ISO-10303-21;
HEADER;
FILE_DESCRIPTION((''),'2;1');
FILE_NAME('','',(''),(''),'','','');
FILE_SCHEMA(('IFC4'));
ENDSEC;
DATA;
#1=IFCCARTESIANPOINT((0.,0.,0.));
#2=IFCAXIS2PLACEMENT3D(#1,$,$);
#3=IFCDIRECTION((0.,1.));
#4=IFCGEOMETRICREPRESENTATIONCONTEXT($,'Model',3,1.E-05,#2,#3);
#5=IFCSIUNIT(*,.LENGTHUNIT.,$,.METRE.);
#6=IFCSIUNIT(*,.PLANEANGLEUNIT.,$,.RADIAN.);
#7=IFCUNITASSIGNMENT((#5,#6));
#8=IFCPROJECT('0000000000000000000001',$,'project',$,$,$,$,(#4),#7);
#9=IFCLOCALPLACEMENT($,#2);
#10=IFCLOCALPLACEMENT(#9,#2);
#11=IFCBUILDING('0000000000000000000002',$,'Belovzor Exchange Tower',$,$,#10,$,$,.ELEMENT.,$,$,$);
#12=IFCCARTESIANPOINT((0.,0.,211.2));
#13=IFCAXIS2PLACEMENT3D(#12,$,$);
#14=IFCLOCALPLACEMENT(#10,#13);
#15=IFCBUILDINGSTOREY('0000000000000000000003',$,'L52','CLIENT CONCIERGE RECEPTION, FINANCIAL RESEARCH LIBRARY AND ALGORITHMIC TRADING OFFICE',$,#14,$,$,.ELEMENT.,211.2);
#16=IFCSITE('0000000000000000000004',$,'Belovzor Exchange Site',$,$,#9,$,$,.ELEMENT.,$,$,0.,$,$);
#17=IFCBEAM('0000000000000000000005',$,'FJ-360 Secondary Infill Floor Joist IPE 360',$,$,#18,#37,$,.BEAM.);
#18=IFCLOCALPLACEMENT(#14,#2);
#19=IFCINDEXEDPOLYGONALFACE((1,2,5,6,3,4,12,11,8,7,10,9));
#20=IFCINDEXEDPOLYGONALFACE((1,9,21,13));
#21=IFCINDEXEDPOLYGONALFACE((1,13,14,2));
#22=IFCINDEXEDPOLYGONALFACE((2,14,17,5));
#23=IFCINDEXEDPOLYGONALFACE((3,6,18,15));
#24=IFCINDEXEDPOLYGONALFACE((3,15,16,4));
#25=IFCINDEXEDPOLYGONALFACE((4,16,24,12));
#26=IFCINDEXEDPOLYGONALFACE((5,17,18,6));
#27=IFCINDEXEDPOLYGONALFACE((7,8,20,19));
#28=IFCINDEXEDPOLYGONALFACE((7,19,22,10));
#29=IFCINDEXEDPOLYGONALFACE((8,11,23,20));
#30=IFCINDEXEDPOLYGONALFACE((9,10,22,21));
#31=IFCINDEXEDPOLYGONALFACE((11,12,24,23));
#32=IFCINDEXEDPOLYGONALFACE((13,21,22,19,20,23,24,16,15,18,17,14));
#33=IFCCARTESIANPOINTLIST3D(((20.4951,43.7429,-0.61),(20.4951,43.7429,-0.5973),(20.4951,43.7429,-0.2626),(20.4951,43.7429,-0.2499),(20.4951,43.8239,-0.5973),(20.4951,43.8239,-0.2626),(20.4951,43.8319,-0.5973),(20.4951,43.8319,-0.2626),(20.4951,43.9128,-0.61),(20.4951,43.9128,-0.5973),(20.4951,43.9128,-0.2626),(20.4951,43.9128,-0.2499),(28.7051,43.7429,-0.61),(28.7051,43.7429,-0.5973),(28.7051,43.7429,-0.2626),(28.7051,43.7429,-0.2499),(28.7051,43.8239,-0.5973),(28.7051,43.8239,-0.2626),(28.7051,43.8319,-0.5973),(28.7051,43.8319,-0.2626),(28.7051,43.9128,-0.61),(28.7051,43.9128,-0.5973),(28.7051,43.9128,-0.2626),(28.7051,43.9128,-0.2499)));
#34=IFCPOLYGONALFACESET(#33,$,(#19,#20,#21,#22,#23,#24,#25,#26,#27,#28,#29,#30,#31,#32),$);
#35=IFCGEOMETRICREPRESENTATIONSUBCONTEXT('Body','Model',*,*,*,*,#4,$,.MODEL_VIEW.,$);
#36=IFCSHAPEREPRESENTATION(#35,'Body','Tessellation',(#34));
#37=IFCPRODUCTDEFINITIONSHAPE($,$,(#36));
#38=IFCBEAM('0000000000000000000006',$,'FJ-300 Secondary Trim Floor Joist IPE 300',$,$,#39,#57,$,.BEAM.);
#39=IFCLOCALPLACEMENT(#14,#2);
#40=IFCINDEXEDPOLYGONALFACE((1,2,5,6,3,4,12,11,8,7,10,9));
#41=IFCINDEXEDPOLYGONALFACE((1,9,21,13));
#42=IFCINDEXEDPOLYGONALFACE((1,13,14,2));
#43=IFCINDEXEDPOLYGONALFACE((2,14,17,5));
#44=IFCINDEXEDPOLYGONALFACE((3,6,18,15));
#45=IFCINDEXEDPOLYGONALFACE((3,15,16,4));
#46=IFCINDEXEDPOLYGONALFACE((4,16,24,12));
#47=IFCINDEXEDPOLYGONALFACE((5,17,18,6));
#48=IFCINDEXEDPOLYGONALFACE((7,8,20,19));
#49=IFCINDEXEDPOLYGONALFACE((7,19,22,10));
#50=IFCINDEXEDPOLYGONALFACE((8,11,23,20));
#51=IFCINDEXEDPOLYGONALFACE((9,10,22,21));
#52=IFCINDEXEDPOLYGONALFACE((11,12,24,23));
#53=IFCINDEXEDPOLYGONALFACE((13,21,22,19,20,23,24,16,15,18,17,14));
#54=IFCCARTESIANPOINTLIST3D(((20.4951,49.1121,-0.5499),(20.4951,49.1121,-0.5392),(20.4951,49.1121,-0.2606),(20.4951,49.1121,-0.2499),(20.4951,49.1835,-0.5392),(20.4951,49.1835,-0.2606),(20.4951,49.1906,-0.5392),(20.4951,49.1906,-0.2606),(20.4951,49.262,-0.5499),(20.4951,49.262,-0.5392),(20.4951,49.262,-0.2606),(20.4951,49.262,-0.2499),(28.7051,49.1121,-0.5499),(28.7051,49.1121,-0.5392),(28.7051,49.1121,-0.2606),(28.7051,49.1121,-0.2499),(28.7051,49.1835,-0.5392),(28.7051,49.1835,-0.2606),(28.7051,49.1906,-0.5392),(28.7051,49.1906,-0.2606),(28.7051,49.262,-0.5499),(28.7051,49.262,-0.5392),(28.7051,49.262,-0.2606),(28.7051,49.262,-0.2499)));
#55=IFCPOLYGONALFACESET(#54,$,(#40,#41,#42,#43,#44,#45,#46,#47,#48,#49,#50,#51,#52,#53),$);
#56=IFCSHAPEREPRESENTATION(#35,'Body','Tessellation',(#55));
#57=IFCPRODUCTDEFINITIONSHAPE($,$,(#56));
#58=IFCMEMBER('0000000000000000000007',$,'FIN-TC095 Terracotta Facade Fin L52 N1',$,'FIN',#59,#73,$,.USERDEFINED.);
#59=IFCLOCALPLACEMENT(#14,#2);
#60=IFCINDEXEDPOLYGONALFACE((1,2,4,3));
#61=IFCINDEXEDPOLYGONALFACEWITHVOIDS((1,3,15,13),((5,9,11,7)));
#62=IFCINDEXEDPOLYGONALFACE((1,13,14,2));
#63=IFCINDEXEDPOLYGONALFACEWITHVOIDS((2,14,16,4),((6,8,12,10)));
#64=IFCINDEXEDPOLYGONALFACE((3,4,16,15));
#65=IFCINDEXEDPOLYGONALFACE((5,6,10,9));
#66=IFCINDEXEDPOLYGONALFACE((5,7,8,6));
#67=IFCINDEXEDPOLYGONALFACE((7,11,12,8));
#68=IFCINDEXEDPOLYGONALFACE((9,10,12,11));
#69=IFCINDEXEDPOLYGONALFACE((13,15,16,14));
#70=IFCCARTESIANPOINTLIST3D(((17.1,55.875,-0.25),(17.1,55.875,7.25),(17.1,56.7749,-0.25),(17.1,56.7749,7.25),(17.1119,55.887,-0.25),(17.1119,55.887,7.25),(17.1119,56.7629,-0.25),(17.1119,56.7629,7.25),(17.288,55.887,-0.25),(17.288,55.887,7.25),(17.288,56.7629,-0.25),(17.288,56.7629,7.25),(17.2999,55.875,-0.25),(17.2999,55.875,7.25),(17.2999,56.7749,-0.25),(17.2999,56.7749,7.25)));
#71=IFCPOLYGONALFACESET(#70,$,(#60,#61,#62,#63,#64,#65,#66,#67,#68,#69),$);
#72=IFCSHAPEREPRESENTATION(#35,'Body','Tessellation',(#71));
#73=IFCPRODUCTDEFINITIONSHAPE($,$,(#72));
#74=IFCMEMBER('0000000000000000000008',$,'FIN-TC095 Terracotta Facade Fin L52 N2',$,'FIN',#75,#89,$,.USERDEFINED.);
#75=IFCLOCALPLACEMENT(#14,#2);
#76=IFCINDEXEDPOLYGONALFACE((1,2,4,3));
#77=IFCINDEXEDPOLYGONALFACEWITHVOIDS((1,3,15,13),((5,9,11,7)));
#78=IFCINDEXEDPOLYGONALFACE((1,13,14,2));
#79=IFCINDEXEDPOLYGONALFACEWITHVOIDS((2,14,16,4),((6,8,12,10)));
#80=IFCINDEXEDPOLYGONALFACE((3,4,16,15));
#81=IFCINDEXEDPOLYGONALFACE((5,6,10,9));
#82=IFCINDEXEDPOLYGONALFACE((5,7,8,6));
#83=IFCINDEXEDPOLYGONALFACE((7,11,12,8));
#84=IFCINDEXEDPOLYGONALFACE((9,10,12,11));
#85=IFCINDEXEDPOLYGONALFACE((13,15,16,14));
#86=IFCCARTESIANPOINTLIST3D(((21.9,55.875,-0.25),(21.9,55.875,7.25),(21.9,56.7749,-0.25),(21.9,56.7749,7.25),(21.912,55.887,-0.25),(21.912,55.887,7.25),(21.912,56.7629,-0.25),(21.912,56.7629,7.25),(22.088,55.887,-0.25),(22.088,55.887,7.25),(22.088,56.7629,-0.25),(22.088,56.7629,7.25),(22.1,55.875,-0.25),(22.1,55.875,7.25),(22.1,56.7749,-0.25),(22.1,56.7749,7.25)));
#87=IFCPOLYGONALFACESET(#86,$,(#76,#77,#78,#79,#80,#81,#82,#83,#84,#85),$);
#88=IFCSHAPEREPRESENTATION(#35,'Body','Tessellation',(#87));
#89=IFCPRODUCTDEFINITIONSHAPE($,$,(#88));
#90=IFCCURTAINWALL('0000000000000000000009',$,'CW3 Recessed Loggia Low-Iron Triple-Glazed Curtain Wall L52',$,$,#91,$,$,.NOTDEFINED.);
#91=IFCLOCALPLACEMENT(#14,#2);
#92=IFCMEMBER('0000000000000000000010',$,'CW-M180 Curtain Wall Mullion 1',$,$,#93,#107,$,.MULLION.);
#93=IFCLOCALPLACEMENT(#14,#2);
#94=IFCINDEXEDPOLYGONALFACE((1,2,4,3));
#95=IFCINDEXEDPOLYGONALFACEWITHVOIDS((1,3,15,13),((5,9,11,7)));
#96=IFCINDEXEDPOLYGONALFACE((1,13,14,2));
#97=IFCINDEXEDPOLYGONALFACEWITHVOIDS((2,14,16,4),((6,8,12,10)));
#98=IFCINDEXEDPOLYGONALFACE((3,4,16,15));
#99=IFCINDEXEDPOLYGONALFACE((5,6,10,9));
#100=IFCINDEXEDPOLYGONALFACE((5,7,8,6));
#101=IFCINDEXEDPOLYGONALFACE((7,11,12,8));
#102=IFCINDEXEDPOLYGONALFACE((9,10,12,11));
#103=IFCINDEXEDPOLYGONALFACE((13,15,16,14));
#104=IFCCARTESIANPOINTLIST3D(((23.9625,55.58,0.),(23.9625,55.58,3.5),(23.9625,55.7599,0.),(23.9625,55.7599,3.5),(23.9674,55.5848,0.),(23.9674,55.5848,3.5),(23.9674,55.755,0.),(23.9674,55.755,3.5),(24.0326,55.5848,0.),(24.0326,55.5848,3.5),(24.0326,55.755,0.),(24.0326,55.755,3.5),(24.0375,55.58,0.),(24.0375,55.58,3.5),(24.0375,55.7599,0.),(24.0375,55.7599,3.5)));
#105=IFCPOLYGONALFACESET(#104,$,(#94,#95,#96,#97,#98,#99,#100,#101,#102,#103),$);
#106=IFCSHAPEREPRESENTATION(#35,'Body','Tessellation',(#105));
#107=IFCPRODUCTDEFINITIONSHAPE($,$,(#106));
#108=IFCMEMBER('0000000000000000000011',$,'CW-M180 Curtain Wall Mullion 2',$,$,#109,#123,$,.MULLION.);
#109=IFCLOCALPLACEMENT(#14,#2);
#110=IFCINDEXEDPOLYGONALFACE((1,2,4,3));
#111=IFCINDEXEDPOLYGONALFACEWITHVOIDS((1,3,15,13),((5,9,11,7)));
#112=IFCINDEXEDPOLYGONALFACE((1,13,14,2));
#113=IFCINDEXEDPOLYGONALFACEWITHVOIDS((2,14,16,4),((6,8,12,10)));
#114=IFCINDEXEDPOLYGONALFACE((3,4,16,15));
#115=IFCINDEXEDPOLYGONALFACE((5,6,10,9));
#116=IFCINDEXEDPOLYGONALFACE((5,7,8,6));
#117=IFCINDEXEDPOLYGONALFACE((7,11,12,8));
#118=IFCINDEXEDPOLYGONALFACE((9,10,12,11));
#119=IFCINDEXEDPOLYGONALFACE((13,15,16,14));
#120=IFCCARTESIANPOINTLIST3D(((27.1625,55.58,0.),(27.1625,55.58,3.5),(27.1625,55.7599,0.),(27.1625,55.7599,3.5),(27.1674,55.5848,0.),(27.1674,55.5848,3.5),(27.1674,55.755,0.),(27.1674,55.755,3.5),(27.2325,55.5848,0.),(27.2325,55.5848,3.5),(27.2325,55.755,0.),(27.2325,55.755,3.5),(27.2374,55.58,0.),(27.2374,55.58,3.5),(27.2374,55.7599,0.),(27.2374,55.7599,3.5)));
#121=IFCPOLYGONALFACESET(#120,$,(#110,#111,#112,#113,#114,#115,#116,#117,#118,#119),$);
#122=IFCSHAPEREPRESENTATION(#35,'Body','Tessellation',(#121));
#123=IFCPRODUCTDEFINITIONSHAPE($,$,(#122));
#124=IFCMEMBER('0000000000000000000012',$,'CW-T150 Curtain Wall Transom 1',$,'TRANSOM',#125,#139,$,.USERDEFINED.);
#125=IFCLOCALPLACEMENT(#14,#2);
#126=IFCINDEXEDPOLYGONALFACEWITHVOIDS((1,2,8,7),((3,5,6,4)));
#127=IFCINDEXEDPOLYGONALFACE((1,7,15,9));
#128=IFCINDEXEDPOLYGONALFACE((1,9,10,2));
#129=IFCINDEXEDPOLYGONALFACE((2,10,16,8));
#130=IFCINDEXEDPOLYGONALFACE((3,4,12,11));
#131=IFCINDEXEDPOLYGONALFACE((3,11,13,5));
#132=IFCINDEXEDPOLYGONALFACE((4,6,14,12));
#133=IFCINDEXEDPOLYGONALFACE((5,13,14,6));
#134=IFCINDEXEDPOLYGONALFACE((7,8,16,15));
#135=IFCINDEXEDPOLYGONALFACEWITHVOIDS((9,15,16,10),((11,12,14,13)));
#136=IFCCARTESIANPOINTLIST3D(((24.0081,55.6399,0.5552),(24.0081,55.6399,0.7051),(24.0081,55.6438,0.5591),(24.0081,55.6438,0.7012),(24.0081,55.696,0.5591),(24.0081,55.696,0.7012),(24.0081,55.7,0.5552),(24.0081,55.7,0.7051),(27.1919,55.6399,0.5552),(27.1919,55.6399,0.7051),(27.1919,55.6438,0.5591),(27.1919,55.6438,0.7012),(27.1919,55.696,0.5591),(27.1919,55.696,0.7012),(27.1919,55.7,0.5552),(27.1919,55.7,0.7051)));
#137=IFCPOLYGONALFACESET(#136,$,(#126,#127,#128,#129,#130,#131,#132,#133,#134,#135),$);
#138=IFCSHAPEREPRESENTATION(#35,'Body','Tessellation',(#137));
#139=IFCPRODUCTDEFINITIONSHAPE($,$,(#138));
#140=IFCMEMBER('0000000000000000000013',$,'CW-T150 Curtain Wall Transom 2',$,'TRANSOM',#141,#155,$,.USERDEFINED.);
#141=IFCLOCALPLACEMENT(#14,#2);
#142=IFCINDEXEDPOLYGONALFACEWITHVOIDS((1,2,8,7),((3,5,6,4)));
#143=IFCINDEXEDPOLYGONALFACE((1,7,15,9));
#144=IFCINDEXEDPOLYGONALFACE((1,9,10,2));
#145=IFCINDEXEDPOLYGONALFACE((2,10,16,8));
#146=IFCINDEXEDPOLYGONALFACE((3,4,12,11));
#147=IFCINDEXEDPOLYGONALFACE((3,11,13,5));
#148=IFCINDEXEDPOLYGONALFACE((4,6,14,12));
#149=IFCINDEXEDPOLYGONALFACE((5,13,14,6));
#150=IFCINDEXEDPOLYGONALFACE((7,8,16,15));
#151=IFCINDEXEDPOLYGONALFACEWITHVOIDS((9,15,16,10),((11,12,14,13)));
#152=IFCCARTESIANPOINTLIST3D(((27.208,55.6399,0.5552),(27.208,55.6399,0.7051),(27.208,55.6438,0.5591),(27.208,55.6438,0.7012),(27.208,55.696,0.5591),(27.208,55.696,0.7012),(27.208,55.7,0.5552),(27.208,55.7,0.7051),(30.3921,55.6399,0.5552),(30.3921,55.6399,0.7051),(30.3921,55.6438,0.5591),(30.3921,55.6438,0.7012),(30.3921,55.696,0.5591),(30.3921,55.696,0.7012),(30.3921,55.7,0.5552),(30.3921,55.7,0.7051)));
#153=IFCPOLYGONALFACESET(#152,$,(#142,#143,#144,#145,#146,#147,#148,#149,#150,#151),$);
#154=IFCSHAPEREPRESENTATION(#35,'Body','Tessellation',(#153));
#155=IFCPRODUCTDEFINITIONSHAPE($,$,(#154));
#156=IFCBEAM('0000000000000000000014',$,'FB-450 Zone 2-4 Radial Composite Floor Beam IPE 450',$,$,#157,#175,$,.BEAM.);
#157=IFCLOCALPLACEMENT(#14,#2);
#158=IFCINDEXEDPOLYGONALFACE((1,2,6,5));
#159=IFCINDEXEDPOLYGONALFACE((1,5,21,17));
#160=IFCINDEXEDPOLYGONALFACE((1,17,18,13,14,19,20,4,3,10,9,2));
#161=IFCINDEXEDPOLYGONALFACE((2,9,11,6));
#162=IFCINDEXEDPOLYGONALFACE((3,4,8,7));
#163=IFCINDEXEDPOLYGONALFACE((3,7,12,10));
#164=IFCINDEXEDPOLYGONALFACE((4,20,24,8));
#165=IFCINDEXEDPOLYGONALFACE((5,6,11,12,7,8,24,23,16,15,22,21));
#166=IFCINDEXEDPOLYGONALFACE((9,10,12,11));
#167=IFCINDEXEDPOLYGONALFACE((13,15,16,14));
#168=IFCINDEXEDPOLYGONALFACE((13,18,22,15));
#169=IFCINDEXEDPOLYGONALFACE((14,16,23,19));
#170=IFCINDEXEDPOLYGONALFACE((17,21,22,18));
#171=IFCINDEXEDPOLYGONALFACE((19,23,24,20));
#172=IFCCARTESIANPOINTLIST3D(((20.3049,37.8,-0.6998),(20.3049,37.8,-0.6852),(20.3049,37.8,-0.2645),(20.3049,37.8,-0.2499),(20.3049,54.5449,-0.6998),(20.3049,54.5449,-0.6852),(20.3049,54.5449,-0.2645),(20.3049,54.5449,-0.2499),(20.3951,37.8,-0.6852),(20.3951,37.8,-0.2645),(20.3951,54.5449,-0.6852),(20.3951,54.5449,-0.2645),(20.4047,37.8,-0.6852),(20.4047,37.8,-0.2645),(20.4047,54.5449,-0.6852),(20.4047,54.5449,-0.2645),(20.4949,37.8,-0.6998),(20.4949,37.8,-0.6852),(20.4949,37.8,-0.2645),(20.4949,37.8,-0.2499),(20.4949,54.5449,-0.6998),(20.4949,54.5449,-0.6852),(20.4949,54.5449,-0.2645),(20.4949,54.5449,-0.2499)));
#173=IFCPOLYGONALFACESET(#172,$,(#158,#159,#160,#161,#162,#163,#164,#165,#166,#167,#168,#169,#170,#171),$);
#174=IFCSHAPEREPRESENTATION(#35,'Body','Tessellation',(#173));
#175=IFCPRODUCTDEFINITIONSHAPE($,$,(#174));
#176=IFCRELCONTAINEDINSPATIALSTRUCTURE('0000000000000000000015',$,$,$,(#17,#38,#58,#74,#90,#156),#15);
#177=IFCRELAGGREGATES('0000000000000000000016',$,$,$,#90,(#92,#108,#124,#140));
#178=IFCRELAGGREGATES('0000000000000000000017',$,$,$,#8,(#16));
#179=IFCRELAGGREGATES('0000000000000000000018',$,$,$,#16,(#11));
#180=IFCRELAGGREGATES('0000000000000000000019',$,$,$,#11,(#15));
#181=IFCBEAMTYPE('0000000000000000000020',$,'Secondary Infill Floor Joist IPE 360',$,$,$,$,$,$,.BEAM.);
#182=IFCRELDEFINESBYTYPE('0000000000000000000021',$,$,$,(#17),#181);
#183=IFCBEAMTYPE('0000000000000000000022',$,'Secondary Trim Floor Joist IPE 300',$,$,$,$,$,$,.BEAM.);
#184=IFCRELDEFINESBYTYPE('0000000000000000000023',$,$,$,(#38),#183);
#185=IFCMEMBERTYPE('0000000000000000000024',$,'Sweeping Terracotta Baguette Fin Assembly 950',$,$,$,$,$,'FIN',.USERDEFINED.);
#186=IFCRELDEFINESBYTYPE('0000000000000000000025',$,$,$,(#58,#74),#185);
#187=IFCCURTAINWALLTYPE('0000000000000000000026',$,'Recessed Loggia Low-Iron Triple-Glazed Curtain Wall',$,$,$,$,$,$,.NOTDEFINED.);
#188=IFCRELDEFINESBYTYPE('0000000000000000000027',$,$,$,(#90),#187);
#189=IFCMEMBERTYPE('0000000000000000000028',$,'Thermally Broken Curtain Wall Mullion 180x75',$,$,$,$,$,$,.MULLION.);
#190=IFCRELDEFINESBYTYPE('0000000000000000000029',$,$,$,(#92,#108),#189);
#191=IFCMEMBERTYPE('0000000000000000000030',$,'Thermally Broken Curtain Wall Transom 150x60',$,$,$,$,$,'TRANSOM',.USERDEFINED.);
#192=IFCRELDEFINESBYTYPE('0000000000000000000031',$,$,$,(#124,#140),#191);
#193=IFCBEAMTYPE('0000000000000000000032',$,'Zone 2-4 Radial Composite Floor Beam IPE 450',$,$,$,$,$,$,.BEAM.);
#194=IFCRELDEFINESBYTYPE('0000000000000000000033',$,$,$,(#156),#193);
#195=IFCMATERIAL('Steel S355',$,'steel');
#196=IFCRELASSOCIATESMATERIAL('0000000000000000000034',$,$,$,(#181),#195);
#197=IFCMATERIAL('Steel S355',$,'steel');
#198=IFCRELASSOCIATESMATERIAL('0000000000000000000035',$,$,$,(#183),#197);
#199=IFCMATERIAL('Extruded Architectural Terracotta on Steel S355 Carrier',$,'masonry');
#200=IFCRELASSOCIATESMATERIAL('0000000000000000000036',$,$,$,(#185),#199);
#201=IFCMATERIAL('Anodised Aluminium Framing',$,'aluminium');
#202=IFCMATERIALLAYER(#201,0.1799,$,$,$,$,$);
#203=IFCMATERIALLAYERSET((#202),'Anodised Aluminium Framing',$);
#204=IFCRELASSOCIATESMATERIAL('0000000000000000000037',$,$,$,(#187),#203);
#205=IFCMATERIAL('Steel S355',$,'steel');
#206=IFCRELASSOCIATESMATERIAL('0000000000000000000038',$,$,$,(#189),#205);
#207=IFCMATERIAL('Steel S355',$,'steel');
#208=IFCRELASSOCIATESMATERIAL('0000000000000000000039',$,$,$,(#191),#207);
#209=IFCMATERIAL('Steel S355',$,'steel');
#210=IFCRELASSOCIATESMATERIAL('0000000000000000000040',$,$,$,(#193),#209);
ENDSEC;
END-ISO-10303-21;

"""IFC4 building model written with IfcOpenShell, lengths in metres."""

from ifc_helpers import new_model, si_unit, direction, frame, origin, origin_2d, place, context, subcontext, project, spatial, hollow_rectangle, i_section, extrude, material, layer, layer_set, material_profile, profile_set, type_object, element, aggregate, save


model = new_model("IFC4")

# Units and contexts
model_context = context("Model", 3, precision=1e-05, world=origin(), true_north=direction((0.0, 1.0)))
body_context = subcontext(model_context, "Body", "Model", "MODEL_VIEW")
ifc_project = project(units=[si_unit("LENGTHUNIT", "METRE"), si_unit("PLANEANGLEUNIT", "RADIAN")], contexts=[model_context])

# Site, building, storey
site_placement = place(None, origin())
site = spatial("IfcSite", under=ifc_project, at=site_placement, Name="Belovzor Exchange Site", CompositionType="ELEMENT", RefElevation=0.0)
building_placement = place(site_placement, origin())
building = spatial("IfcBuilding", under=site, at=building_placement, Name="Belovzor Exchange Tower", CompositionType="ELEMENT")
storey_placement = place(building_placement, frame((0.0, 0.0, 211.2)))
storey = spatial("IfcBuildingStorey", under=building, at=storey_placement, Name="L52", Description="CLIENT CONCIERGE RECEPTION, FINANCIAL RESEARCH LIBRARY AND ALGORITHMIC TRADING OFFICE", CompositionType="ELEMENT", Elevation=211.2)

# Beams
ifc_material_1 = material(Name="Steel S355", Category="steel")
ifc_material_profile_1 = material_profile(ifc_material_1, i_section(OverallWidth=0.1699, OverallDepth=0.3601, WebThickness=0.0081, FlangeThickness=0.0127, at=origin_2d()))
ifc_profile_set_1 = profile_set([ifc_material_profile_1], Name="Steel S355")
beam_type_1 = type_object("IfcBeamType", Name="Secondary Infill Floor Joist IPE 360", PredefinedType="BEAM", material=ifc_profile_set_1)
beam_1_placement = place(storey_placement, frame((20.4951, 43.8279, -0.4299), z_axis=(1.0, 0.0, 0.0), x_axis=(0.0, 1.0, 0.0)))
element("IfcBeam", 1, at=beam_1_placement, inside=storey, type_object=beam_type_1, Name="FJ-360 Secondary Infill Floor Joist IPE 360", PredefinedType="BEAM", context=body_context, shape_type="SweptSolid", body=[
    extrude(i_section(OverallWidth=0.1699, OverallDepth=0.3601, WebThickness=0.0081, FlangeThickness=0.0127, at=origin_2d()), origin(), (0.0, 0.0, 1.0), 8.21),
])
ifc_material_2 = material(Name="Steel S355", Category="steel")
ifc_material_profile_2 = material_profile(ifc_material_2, i_section(OverallWidth=0.1499, OverallDepth=0.3, WebThickness=0.0071, FlangeThickness=0.0107, at=origin_2d()))
ifc_profile_set_2 = profile_set([ifc_material_profile_2], Name="Steel S355")
beam_type_2 = type_object("IfcBeamType", Name="Secondary Trim Floor Joist IPE 300", PredefinedType="BEAM", material=ifc_profile_set_2)
beam_2_placement = place(storey_placement, frame((20.4951, 49.187, -0.3999), z_axis=(1.0, 0.0, 0.0), x_axis=(0.0, 1.0, 0.0)))
element("IfcBeam", 2, at=beam_2_placement, inside=storey, type_object=beam_type_2, Name="FJ-300 Secondary Trim Floor Joist IPE 300", PredefinedType="BEAM", context=body_context, shape_type="SweptSolid", body=[
    extrude(i_section(OverallWidth=0.1499, OverallDepth=0.3, WebThickness=0.0071, FlangeThickness=0.0107, at=origin_2d()), origin(), (0.0, 0.0, 1.0), 8.21),
])

# Members
ifc_material_3 = material(Name="Extruded Architectural Terracotta on Steel S355 Carrier", Category="masonry")
ifc_material_profile_3 = material_profile(ifc_material_3, hollow_rectangle(XDim=0.2, YDim=0.8999, WallThickness=0.012, at=origin_2d()))
ifc_profile_set_3 = profile_set([ifc_material_profile_3], Name="Extruded Architectural Terracotta on Steel S355 Carrier")
member_type_1 = type_object("IfcMemberType", Name="Sweeping Terracotta Baguette Fin Assembly 950", ElementType="FIN", PredefinedType="USERDEFINED", material=ifc_profile_set_3)
for number, where, z_axis, x_axis, name in (
    (3, (17.2, 56.325, -0.25), (0.0, 0.0, 1.0), (1.0, 0.0, 0.0), "FIN-TC095 Terracotta Facade Fin L52 N1"),
    (4, (22.0, 56.325, -0.25), (0.0, 0.0, 1.0), (1.0, 0.0, 0.0), "FIN-TC095 Terracotta Facade Fin L52 N2"),
):
    element("IfcMember", number, at=place(storey_placement, frame(where, z_axis=z_axis, x_axis=x_axis)), inside=storey, type_object=member_type_1, Name=name, ObjectType="FIN", PredefinedType="USERDEFINED", context=body_context, shape_type="SweptSolid", body=[
        extrude(hollow_rectangle(XDim=0.2, YDim=0.8999, WallThickness=0.012, at=origin_2d()), origin(), (0.0, 0.0, 1.0), 7.5),
    ])

# Curtain wall, members
ifc_material_4 = material(Name="Anodised Aluminium Framing", Category="aluminium")
ifc_layer_1 = layer(ifc_material_4, 0.1799)
ifc_layer_set_1 = layer_set([ifc_layer_1], Name="Anodised Aluminium Framing")
curtain_wall_type = type_object("IfcCurtainWallType", Name="Recessed Loggia Low-Iron Triple-Glazed Curtain Wall", PredefinedType="NOTDEFINED", material=ifc_layer_set_1)
curtain_wall_placement = place(storey_placement, origin())
curtain_wall = element("IfcCurtainWall", 5, at=curtain_wall_placement, inside=storey, type_object=curtain_wall_type, Name="CW3 Recessed Loggia Low-Iron Triple-Glazed Curtain Wall L52", PredefinedType="NOTDEFINED")
ifc_material_5 = material(Name="Steel S355", Category="steel")
ifc_material_profile_4 = material_profile(ifc_material_5, hollow_rectangle(XDim=0.075, YDim=0.1799, WallThickness=0.0049, at=origin_2d()))
ifc_profile_set_4 = profile_set([ifc_material_profile_4], Name="Steel S355")
member_type_2 = type_object("IfcMemberType", Name="Thermally Broken Curtain Wall Mullion 180x75", PredefinedType="MULLION", material=ifc_profile_set_4)
member_1_placement = place(storey_placement, frame((24.0, 55.6699, 0.0), z_axis=(0.0, 0.0, 1.0), x_axis=(1.0, 0.0, 0.0)))
member_1 = element("IfcMember", 6, at=member_1_placement, type_object=member_type_2, Name="CW-M180 Curtain Wall Mullion 1", PredefinedType="MULLION", context=body_context, shape_type="SweptSolid", body=[
    extrude(hollow_rectangle(XDim=0.075, YDim=0.1799, WallThickness=0.0049, at=origin_2d()), origin(), (0.0, 0.0, 1.0), 3.5),
])
member_2_placement = place(storey_placement, frame((27.2, 55.6699, 0.0), z_axis=(0.0, 0.0, 1.0), x_axis=(1.0, 0.0, 0.0)))
member_2 = element("IfcMember", 7, at=member_2_placement, type_object=member_type_2, Name="CW-M180 Curtain Wall Mullion 2", PredefinedType="MULLION", context=body_context, shape_type="SweptSolid", body=[
    extrude(hollow_rectangle(XDim=0.075, YDim=0.1799, WallThickness=0.0049, at=origin_2d()), origin(), (0.0, 0.0, 1.0), 3.5),
])
ifc_material_6 = material(Name="Steel S355", Category="steel")
ifc_material_profile_5 = material_profile(ifc_material_6, hollow_rectangle(XDim=0.0601, YDim=0.1499, WallThickness=0.0039, at=origin_2d()))
ifc_profile_set_5 = profile_set([ifc_material_profile_5], Name="Steel S355")
member_type_3 = type_object("IfcMemberType", Name="Thermally Broken Curtain Wall Transom 150x60", ElementType="TRANSOM", PredefinedType="USERDEFINED", material=ifc_profile_set_5)
member_3_placement = place(storey_placement, frame((24.0081, 55.6699, 0.6301), z_axis=(1.0, 0.0, 0.0), x_axis=(0.0, 1.0, 0.0)))
member_3 = element("IfcMember", 8, at=member_3_placement, type_object=member_type_3, Name="CW-T150 Curtain Wall Transom 1", ObjectType="TRANSOM", PredefinedType="USERDEFINED", context=body_context, shape_type="SweptSolid", body=[
    extrude(hollow_rectangle(XDim=0.0601, YDim=0.1499, WallThickness=0.0039, at=origin_2d()), origin(), (0.0, 0.0, 1.0), 3.1838),
])
member_4_placement = place(storey_placement, frame((27.208, 55.6699, 0.6301), z_axis=(1.0, 0.0, 0.0), x_axis=(0.0, 1.0, 0.0)))
member_4 = element("IfcMember", 9, at=member_4_placement, type_object=member_type_3, Name="CW-T150 Curtain Wall Transom 2", ObjectType="TRANSOM", PredefinedType="USERDEFINED", context=body_context, shape_type="SweptSolid", body=[
    extrude(hollow_rectangle(XDim=0.0601, YDim=0.1499, WallThickness=0.0039, at=origin_2d()), origin(), (0.0, 0.0, 1.0), 3.1841),
])

# Beam
ifc_material_7 = material(Name="Steel S355", Category="steel")
ifc_material_profile_6 = material_profile(ifc_material_7, i_section(OverallWidth=0.1899, OverallDepth=0.45, WebThickness=0.0095, FlangeThickness=0.0146, at=origin_2d()))
ifc_profile_set_6 = profile_set([ifc_material_profile_6], Name="Steel S355")
beam_type_3 = type_object("IfcBeamType", Name="Zone 2-4 Radial Composite Floor Beam IPE 450", PredefinedType="BEAM", material=ifc_profile_set_6)
beam_3_placement = place(storey_placement, frame((20.3999, 37.8, -0.4749), z_axis=(0.0, 1.0, 0.0), x_axis=(-1.0, 0.0, 0.0)))
element("IfcBeam", 10, at=beam_3_placement, inside=storey, type_object=beam_type_3, Name="FB-450 Zone 2-4 Radial Composite Floor Beam IPE 450", PredefinedType="BEAM", context=body_context, shape_type="SweptSolid", body=[
    extrude(i_section(OverallWidth=0.1899, OverallDepth=0.45, WebThickness=0.0095, FlangeThickness=0.0146, at=origin_2d()), origin(), (0.0, 0.0, 1.0), 16.7449),
])

aggregate(curtain_wall, [member_1, member_2, member_3, member_4])

save(model, "model.ifc")
